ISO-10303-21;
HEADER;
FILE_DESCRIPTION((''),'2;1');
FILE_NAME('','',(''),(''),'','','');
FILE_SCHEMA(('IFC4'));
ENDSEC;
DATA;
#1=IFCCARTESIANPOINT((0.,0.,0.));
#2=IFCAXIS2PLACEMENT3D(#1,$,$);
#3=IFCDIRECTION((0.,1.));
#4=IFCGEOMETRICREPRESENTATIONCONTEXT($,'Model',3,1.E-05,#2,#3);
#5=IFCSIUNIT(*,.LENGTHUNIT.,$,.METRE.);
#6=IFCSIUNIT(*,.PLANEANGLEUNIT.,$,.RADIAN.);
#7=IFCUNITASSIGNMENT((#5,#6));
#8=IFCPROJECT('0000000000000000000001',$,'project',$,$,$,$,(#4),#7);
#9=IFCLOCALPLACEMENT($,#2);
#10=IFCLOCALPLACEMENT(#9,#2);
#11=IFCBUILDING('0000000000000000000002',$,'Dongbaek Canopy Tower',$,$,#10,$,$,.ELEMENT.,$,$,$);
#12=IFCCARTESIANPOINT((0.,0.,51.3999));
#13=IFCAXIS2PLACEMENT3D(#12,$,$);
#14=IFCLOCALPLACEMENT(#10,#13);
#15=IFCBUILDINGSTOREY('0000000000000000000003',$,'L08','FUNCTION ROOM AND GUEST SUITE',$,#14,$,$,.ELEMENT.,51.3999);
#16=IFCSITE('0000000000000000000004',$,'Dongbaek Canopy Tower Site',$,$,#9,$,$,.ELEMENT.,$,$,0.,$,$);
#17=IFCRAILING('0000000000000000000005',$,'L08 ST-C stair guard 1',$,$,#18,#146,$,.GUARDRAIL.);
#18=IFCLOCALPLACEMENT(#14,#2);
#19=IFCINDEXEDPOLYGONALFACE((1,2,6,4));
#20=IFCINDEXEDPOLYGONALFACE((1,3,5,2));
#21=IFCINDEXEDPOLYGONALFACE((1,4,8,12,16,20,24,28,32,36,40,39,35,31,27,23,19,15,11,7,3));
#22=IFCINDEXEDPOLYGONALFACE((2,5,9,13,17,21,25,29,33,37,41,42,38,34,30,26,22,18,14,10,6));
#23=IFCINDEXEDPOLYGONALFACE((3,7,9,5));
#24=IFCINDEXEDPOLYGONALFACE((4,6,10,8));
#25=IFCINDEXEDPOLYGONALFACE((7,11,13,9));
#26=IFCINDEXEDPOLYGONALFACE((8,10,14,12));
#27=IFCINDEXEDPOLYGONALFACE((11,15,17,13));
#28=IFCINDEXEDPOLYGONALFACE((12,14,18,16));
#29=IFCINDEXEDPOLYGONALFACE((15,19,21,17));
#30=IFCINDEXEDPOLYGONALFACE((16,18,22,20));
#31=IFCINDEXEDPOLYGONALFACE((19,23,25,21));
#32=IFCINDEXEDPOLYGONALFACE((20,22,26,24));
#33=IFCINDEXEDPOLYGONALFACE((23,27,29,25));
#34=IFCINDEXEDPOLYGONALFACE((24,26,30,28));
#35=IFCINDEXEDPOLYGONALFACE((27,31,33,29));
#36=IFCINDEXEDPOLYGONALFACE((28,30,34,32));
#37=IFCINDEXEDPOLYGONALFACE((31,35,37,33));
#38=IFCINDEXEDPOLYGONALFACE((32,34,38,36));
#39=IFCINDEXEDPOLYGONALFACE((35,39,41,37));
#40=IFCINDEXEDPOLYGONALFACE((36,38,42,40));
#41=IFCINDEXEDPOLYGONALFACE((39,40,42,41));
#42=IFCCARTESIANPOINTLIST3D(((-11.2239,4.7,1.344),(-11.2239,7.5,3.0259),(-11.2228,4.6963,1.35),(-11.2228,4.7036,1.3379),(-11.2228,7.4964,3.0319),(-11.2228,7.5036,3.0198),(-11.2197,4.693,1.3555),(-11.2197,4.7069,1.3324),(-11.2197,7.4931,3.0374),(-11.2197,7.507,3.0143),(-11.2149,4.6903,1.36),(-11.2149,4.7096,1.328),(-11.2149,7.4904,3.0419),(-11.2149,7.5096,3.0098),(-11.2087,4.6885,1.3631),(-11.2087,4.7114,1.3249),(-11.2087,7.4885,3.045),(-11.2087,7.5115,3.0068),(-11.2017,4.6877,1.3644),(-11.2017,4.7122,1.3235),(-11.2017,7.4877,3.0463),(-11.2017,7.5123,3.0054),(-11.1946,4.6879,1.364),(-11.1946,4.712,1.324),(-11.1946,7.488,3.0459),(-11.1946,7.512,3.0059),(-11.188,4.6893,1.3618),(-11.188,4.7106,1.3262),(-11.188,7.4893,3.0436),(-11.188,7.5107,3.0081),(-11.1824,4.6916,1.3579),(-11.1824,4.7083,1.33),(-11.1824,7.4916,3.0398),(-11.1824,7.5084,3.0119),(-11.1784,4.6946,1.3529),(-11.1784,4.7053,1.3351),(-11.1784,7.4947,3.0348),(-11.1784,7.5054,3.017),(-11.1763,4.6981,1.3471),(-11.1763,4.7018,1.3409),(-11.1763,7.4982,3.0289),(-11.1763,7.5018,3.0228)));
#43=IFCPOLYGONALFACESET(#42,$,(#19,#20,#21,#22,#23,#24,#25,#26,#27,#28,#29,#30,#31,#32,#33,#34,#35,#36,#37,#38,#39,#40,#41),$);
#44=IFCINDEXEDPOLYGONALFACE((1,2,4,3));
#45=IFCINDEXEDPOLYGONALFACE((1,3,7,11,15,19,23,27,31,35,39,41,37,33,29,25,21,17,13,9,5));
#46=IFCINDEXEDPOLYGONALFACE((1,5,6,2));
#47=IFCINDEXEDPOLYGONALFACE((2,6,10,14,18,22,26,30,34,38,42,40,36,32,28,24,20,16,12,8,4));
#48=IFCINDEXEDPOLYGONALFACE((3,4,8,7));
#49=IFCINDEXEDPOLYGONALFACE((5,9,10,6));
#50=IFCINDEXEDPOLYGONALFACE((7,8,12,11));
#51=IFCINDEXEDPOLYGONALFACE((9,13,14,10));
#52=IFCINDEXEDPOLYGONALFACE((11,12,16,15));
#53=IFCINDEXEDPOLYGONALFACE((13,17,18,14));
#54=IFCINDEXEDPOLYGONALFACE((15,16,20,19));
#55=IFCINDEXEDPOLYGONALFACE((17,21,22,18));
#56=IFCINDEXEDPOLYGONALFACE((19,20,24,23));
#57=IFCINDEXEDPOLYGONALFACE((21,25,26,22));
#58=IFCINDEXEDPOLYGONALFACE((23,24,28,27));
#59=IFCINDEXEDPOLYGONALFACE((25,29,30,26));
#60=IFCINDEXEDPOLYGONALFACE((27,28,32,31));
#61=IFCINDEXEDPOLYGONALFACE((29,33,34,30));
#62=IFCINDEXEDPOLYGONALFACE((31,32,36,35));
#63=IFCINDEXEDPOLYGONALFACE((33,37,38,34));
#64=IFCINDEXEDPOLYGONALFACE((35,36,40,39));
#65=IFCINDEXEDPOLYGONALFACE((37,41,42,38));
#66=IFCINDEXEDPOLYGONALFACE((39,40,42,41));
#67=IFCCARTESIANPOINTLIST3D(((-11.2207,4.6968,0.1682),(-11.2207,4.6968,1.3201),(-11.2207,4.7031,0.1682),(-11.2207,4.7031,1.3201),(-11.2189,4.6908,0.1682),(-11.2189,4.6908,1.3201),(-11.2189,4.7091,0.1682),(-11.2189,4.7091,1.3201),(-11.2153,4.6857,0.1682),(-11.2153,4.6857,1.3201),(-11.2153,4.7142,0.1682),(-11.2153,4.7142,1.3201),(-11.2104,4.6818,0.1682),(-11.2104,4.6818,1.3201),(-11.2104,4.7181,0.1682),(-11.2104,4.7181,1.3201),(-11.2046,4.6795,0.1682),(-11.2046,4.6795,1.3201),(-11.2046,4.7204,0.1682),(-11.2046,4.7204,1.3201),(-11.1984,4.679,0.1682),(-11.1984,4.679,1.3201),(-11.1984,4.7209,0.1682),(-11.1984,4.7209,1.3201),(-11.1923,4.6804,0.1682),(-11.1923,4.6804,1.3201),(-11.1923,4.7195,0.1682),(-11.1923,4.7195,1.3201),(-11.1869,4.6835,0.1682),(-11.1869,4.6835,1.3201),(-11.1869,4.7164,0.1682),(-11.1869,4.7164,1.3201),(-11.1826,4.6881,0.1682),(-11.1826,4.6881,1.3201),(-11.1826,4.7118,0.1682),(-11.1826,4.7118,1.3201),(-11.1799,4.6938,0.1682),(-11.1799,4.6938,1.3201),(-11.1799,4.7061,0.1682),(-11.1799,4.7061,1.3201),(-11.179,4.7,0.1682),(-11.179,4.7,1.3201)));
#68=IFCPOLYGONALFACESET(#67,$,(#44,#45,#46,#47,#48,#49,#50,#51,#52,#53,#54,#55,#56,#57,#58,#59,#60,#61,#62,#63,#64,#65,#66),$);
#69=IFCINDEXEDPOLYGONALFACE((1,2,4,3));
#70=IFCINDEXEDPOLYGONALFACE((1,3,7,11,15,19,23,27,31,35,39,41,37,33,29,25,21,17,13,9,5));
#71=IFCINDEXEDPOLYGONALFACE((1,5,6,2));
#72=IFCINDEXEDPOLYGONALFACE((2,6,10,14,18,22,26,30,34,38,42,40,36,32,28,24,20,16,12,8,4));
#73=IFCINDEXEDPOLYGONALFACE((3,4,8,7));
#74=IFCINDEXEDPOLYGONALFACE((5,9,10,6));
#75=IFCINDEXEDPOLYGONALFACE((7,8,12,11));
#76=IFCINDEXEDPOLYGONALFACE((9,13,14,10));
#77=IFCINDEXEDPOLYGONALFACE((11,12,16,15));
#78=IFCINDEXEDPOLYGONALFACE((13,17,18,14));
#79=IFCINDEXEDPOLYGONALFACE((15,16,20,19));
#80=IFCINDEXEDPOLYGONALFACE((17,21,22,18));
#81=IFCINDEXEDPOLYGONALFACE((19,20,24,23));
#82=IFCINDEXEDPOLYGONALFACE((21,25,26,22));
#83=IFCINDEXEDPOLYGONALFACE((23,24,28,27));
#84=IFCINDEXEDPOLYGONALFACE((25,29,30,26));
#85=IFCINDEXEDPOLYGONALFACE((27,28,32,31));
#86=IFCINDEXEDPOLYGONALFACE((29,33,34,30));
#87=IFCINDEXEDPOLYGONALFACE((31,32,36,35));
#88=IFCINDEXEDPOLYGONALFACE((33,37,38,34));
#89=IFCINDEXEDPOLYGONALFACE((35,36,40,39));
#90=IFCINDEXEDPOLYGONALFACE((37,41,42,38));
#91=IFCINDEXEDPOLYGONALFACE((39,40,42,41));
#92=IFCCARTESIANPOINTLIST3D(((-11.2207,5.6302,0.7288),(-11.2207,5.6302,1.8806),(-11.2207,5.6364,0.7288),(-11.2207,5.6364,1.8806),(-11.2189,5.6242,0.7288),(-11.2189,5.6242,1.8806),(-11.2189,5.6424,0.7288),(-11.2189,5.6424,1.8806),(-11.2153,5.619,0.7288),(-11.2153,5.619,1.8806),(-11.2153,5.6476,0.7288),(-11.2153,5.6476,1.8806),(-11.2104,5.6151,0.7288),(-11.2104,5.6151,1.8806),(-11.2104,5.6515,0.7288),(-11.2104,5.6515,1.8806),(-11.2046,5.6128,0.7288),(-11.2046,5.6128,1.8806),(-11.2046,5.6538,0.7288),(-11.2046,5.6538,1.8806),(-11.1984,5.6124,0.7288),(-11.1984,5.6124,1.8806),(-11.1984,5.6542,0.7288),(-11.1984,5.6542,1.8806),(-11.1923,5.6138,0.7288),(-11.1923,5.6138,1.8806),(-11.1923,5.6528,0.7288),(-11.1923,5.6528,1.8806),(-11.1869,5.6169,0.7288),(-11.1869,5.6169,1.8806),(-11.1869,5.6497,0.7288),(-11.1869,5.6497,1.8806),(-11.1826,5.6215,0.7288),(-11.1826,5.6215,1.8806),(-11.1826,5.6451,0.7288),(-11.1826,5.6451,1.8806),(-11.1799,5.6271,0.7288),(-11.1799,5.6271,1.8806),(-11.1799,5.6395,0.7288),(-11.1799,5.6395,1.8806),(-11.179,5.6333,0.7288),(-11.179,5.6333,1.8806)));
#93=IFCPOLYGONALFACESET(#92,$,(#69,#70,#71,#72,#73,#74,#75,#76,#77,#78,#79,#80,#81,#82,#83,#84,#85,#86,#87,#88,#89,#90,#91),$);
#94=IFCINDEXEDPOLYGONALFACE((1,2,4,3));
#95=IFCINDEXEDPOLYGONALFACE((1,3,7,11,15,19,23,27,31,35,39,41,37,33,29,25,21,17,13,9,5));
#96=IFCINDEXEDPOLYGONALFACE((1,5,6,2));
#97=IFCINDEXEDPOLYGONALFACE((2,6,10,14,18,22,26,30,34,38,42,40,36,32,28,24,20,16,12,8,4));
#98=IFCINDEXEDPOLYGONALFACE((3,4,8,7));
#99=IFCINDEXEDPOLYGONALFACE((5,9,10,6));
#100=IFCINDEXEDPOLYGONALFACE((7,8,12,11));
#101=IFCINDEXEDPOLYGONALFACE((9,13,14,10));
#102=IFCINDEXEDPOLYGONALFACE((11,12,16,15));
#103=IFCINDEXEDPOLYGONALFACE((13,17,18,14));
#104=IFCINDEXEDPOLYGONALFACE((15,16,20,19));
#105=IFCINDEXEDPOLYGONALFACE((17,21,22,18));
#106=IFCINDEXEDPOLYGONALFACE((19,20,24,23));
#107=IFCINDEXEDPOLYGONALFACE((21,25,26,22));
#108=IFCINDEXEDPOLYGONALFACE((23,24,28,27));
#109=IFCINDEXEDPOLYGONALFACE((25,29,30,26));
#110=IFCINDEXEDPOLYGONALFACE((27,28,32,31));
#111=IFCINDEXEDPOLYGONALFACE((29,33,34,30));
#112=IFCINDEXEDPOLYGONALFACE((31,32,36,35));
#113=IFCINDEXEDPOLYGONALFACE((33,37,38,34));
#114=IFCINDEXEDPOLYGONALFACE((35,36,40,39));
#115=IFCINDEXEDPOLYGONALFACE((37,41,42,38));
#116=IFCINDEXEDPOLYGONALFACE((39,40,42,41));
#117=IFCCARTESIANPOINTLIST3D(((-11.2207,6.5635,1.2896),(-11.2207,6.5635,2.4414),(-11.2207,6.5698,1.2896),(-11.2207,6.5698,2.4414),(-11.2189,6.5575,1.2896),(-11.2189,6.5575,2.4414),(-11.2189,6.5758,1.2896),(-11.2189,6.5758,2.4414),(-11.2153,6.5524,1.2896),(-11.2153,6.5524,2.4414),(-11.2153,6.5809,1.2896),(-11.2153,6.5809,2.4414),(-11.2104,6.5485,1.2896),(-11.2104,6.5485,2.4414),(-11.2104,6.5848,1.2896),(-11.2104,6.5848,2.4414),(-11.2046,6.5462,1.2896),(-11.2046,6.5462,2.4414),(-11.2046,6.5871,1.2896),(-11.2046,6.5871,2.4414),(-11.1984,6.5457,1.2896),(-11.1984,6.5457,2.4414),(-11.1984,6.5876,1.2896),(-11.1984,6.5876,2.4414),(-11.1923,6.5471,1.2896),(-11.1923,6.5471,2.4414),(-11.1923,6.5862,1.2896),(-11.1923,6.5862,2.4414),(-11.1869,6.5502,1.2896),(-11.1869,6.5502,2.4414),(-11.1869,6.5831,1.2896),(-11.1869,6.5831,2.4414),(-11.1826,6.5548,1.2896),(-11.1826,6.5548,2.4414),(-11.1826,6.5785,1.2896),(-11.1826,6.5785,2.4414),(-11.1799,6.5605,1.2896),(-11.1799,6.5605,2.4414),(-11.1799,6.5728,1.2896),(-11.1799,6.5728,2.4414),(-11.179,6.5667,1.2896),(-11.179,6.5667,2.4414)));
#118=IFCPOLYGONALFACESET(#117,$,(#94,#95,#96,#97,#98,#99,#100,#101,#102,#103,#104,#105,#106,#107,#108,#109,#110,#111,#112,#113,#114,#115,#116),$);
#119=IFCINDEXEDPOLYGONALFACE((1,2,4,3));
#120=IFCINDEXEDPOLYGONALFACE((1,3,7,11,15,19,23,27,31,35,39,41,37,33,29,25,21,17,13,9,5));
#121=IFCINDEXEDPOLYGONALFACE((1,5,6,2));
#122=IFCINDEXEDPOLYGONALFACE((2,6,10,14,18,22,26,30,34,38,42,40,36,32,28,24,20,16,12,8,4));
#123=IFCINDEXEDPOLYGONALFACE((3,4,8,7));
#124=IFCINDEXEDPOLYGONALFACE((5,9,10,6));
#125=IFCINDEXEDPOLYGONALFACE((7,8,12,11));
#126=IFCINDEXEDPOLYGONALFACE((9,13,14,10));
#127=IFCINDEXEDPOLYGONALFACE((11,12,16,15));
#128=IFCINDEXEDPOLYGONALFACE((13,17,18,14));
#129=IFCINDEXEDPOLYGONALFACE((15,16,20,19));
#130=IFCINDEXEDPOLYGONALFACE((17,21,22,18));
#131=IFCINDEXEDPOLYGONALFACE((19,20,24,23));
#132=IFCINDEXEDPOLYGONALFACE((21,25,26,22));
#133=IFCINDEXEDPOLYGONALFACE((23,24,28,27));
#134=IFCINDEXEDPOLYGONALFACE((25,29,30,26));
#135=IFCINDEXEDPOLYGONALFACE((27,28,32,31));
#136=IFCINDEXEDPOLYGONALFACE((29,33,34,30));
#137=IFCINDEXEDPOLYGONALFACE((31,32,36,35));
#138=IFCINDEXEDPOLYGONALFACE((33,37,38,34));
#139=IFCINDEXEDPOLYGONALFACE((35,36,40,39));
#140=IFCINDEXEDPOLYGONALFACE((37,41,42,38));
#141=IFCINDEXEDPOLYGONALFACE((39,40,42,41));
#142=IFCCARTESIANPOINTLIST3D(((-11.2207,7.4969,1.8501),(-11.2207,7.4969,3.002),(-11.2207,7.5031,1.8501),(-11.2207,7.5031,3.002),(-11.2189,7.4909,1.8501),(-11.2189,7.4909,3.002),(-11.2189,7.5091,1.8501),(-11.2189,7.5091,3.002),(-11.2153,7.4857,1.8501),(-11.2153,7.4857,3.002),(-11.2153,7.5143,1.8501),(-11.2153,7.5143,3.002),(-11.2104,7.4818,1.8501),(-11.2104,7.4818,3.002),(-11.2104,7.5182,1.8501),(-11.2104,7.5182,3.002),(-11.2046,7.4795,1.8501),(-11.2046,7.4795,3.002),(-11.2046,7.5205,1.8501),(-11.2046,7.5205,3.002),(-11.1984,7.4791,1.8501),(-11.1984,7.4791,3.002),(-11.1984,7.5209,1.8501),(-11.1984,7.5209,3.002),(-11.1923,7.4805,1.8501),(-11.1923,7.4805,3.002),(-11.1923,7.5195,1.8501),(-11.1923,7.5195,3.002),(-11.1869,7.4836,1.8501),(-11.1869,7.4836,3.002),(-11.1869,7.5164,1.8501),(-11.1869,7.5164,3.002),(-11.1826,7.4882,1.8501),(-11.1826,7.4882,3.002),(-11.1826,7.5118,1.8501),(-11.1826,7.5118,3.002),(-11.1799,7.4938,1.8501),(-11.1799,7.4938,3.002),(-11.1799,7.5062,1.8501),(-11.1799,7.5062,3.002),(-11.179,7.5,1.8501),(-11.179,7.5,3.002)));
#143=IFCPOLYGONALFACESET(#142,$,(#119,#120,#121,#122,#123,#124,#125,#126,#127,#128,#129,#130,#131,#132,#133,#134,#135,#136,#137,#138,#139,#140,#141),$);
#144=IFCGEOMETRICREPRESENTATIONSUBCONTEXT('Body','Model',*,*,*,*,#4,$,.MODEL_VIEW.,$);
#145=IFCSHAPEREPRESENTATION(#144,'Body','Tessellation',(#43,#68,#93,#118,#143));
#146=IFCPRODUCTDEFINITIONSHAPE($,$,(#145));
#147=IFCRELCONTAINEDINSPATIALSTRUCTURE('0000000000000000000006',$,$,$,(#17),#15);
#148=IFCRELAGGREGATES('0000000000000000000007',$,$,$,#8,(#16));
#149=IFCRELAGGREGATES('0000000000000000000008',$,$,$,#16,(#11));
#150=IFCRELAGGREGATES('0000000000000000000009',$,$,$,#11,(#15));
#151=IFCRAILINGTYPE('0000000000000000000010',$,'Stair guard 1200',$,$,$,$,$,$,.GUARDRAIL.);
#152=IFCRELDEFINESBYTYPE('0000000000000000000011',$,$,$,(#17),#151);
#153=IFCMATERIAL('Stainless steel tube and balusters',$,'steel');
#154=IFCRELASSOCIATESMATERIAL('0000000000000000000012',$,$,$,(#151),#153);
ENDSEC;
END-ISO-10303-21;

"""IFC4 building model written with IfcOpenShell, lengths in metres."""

from ifc_helpers import new_model, si_unit, direction, frame, origin, origin_2d, place, context, subcontext, project, spatial, circle, extrude, material, type_object, element, save


model = new_model("IFC4")

# Units and contexts
model_context = context("Model", 3, precision=1e-05, world=origin(), true_north=direction((0.0, 1.0)))
body_context = subcontext(model_context, "Body", "Model", "MODEL_VIEW")
ifc_project = project(units=[si_unit("LENGTHUNIT", "METRE"), si_unit("PLANEANGLEUNIT", "RADIAN")], contexts=[model_context])

# Site, building, storey
site_placement = place(None, origin())
site = spatial("IfcSite", under=ifc_project, at=site_placement, Name="Dongbaek Canopy Tower Site", CompositionType="ELEMENT", RefElevation=0.0)
building_placement = place(site_placement, origin())
building = spatial("IfcBuilding", under=site, at=building_placement, Name="Dongbaek Canopy Tower", CompositionType="ELEMENT")
storey_placement = place(building_placement, frame((0.0, 0.0, 51.3999)))
storey = spatial("IfcBuildingStorey", under=building, at=storey_placement, Name="L08", Description="FUNCTION ROOM AND GUEST SUITE", CompositionType="ELEMENT", Elevation=51.3999)

# Railing
ifc_material_1 = material(Name="Stainless steel tube and balusters", Category="steel")
railing_type_1 = type_object("IfcRailingType", Name="Stair guard 1200", PredefinedType="GUARDRAIL", material=ifc_material_1)
railing_1_placement = place(storey_placement, frame((-11.2, 4.7, 0.1682)))
element("IfcRailing", 1, at=railing_1_placement, inside=storey, type_object=railing_type_1, Name="L08 ST-C stair guard 1", PredefinedType="GUARDRAIL", context=body_context, shape_type="SweptSolid", body=[
    extrude(circle(Radius=0.0239, at=origin_2d()), frame((0.0, 0.0, 1.1758), z_axis=(0.0, 0.857242, 0.514913), x_axis=(-1.0, 0.0, 0.0)), (0.0, 0.0, 1.0), 3.2664),
    extrude(circle(Radius=0.021, at=origin_2d()), origin(), (0.0, 0.0, 1.0), 1.1519),
    extrude(circle(Radius=0.021, at=origin_2d()), frame((0.0, 0.9333, 0.5605)), (0.0, 0.0, 1.0), 1.1519),
    extrude(circle(Radius=0.021, at=origin_2d()), frame((0.0, 1.8667, 1.1213)), (0.0, 0.0, 1.0), 1.1519),
    extrude(circle(Radius=0.021, at=origin_2d()), frame((0.0, 2.8, 1.6819)), (0.0, 0.0, 1.0), 1.1519),
])

save(model, "model.ifc")
